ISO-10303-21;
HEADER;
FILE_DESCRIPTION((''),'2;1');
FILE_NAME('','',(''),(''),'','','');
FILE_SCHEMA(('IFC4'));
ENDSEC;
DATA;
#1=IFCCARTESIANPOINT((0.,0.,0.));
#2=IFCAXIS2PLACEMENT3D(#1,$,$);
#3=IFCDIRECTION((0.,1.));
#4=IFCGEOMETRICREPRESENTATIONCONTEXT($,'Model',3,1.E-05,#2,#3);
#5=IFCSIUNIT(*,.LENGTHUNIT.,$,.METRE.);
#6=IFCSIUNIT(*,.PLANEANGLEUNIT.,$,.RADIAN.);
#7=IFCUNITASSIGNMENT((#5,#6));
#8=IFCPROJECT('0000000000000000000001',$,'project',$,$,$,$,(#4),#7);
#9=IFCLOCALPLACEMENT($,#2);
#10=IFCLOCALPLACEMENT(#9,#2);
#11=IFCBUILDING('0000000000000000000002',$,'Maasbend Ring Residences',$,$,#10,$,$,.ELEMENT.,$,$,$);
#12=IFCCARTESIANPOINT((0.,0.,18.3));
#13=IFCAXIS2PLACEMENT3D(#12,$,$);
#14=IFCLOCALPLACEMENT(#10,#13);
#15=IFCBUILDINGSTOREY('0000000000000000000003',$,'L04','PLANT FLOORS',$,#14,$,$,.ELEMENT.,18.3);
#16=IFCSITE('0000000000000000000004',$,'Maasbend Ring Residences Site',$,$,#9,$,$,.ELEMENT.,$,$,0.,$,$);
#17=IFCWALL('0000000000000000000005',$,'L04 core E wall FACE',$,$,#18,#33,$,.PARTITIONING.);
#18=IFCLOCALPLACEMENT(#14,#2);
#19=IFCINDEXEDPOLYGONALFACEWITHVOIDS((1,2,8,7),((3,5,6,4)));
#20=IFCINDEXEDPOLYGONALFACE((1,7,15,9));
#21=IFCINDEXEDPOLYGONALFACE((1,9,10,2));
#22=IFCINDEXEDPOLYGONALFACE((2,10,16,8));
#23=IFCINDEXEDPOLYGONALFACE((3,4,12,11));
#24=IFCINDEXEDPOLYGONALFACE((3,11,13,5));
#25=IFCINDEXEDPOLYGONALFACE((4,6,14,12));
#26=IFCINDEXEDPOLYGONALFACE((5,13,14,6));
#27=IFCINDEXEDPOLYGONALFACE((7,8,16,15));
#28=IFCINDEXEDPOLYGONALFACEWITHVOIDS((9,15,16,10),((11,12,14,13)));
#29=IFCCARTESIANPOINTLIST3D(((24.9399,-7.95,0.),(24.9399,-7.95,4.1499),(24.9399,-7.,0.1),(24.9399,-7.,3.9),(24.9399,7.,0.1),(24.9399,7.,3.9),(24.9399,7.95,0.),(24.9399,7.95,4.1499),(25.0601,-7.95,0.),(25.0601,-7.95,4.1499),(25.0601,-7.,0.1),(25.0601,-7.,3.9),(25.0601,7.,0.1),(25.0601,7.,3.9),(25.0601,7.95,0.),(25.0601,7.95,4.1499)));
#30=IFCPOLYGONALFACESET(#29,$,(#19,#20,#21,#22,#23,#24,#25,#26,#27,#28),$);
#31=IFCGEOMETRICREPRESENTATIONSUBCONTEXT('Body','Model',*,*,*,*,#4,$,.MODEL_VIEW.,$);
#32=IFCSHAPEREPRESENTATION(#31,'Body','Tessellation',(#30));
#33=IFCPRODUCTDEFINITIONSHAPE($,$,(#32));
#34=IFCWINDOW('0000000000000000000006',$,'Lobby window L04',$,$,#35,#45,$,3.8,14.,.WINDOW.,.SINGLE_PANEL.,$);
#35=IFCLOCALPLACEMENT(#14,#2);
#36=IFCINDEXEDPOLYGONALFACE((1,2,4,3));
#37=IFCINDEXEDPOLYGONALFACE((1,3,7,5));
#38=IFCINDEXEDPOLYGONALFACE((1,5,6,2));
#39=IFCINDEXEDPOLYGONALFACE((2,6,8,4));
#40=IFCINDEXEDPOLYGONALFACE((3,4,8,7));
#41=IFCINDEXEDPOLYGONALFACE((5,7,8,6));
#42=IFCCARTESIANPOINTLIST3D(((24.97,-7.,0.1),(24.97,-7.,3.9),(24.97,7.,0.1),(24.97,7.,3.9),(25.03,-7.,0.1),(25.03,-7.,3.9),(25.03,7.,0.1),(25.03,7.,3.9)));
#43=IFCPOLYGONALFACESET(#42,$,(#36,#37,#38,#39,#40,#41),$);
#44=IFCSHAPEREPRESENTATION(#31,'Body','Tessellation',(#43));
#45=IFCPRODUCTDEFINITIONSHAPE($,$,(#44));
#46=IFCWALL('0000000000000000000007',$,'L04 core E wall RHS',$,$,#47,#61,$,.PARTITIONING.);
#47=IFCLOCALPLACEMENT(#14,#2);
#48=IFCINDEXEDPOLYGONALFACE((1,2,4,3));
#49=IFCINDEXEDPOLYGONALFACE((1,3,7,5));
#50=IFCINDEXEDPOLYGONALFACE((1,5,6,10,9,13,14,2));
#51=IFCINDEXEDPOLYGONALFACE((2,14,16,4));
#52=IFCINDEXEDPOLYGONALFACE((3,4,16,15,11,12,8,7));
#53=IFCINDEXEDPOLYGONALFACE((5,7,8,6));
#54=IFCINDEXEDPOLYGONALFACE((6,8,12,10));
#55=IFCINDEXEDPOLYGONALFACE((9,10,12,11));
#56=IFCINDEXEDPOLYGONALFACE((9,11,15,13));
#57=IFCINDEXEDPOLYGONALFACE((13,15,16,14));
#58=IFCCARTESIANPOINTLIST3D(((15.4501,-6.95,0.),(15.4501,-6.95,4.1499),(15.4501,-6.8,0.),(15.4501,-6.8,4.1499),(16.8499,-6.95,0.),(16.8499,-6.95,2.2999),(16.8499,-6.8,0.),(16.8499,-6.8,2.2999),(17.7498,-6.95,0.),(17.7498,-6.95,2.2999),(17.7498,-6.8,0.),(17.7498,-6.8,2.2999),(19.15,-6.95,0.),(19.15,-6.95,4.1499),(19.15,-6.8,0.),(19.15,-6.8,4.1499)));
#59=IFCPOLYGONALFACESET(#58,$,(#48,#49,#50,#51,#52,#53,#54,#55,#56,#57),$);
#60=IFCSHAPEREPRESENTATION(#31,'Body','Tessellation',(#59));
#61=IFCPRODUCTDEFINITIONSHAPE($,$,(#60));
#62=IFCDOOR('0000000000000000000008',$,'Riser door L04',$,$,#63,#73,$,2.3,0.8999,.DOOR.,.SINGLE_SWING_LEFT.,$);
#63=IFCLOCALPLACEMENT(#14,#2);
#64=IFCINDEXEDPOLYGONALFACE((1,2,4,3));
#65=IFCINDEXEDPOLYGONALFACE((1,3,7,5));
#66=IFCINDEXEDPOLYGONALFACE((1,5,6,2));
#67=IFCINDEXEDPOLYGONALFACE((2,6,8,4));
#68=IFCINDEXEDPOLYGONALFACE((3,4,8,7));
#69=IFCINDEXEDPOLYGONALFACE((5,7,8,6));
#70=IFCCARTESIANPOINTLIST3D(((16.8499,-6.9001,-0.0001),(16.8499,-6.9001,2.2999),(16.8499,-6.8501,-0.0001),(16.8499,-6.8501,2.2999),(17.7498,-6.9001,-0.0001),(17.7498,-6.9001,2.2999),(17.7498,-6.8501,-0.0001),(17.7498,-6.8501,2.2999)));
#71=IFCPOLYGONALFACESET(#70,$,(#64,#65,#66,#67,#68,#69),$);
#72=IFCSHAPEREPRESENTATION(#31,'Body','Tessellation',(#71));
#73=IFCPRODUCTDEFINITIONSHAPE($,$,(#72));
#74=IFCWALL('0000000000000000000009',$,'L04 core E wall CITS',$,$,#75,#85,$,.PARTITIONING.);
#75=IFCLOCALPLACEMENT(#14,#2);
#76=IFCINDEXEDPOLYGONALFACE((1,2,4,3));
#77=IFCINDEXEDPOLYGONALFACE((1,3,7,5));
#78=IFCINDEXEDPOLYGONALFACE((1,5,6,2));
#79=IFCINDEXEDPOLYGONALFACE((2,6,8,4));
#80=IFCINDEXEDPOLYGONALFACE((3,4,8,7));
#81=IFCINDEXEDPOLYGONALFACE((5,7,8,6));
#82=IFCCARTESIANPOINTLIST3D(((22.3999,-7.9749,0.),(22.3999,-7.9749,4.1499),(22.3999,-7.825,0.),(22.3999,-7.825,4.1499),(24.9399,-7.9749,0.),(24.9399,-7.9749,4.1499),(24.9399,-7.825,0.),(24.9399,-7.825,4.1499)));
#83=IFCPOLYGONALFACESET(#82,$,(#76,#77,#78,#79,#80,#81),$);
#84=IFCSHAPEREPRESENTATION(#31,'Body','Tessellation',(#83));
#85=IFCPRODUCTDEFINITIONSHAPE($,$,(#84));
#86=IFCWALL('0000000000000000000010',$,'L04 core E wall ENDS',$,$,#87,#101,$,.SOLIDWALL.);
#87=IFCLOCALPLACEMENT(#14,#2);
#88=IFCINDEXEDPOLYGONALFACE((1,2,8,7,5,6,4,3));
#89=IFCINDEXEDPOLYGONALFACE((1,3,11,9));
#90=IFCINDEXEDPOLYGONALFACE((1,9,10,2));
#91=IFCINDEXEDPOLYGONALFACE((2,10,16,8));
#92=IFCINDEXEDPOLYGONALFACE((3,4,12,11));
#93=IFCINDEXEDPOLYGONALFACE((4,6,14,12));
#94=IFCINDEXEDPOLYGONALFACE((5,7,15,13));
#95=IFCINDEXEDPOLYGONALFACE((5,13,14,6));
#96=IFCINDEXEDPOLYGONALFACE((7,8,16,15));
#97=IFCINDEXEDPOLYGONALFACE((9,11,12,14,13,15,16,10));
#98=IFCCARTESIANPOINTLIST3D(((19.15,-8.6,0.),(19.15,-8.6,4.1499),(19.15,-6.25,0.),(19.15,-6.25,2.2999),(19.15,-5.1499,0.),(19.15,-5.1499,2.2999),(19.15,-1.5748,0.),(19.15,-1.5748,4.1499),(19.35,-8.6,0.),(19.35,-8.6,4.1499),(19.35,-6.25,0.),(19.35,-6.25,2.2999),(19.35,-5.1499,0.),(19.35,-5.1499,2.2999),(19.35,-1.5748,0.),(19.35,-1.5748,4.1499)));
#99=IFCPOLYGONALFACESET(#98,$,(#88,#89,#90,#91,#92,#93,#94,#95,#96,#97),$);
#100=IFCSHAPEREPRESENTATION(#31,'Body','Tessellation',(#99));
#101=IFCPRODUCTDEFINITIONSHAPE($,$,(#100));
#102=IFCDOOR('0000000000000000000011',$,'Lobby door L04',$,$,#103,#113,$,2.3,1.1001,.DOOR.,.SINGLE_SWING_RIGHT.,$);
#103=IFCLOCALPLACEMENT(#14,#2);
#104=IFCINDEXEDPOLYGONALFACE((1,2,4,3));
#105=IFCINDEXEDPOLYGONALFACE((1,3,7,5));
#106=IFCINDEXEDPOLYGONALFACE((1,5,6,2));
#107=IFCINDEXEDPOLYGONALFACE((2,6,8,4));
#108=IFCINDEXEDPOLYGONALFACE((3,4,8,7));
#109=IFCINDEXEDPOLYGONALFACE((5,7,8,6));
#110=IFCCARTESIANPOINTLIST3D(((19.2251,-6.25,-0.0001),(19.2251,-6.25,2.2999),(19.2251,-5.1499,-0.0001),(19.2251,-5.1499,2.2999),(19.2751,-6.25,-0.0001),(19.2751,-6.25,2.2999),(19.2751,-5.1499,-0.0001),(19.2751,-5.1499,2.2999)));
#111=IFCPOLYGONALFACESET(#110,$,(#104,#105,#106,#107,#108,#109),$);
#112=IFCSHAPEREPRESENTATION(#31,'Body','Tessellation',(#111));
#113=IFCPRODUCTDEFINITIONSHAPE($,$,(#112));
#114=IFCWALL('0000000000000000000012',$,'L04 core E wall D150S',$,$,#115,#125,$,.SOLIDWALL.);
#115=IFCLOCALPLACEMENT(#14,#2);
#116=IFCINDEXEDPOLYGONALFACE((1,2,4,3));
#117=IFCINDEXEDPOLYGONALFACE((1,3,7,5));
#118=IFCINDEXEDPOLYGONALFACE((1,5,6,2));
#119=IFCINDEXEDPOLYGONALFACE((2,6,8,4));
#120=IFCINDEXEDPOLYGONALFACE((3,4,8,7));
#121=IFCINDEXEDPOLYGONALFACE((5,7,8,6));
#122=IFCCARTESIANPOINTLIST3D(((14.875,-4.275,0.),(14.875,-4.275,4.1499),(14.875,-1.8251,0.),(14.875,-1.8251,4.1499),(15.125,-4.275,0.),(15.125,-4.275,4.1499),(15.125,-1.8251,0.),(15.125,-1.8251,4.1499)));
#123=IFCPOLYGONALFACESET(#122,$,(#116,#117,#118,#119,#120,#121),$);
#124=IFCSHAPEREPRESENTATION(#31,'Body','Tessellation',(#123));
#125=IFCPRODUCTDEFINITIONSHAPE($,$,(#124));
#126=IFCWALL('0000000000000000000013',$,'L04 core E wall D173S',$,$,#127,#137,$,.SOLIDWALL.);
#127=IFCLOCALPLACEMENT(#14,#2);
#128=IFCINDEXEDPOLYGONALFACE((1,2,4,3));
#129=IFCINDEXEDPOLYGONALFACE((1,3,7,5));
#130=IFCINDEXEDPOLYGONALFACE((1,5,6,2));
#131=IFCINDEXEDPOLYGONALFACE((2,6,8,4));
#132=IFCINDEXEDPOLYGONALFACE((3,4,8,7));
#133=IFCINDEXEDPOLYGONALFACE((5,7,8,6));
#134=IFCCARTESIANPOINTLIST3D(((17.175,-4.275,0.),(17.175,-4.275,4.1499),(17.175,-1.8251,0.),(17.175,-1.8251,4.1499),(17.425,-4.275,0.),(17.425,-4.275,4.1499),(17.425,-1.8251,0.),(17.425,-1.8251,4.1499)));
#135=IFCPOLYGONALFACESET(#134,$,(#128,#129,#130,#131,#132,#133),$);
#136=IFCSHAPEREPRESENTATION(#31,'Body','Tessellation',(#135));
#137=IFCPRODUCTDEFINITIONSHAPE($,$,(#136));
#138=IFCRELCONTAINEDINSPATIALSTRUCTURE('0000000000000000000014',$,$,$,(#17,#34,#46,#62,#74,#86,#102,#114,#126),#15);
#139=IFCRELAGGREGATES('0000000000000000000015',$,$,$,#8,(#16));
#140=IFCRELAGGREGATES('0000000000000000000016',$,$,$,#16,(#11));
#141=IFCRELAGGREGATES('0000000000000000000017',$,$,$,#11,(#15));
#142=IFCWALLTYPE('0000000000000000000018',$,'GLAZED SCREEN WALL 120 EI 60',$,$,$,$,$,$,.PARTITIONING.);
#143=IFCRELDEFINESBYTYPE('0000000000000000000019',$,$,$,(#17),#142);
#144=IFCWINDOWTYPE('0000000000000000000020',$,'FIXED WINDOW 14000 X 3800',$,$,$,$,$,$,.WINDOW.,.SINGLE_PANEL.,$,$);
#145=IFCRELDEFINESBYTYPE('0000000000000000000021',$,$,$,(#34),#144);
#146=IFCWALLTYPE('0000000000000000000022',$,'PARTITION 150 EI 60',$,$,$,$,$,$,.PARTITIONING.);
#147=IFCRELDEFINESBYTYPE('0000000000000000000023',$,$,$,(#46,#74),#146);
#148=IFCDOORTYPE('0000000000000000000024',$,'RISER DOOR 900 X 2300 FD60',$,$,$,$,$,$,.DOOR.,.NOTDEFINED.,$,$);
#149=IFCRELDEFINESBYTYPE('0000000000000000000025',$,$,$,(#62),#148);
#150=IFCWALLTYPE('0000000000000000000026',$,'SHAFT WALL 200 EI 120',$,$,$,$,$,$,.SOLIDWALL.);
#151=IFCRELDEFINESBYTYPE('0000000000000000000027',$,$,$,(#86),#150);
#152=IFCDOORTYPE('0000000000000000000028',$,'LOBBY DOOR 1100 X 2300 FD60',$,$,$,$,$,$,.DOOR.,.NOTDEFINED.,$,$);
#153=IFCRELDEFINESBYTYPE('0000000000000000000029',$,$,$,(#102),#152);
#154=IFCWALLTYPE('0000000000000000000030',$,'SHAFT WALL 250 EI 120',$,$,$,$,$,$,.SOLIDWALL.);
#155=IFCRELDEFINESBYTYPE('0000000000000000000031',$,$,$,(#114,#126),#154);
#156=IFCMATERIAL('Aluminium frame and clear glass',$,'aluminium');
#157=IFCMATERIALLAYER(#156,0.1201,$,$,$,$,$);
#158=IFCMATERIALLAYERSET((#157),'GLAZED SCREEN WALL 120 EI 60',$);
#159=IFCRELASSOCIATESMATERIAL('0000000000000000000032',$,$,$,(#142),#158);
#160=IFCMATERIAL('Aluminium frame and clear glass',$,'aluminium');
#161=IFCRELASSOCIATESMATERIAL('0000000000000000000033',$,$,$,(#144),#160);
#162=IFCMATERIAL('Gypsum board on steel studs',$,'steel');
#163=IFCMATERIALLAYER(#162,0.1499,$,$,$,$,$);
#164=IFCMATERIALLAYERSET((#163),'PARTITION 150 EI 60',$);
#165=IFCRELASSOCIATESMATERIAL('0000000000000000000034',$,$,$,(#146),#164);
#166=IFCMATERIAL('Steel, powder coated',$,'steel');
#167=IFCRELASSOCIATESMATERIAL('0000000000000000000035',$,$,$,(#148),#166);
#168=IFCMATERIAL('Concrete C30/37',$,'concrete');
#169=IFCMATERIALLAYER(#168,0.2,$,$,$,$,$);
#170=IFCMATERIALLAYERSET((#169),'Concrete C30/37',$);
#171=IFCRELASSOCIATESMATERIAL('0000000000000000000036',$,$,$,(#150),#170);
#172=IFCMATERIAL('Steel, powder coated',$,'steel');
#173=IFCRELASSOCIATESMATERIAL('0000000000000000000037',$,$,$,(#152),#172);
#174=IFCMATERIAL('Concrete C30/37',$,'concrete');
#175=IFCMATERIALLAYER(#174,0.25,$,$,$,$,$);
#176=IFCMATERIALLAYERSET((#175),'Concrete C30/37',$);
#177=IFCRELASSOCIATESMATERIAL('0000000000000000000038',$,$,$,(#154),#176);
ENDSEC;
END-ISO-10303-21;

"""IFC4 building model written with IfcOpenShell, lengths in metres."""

from ifc_helpers import new_model, si_unit, direction, frame, frame_2d, origin, place, context, subcontext, project, spatial, rectangle, extrude, material, layer, layer_set, type_object, element, fill, save


model = new_model("IFC4")

# Units and contexts
model_context = context("Model", 3, precision=1e-05, world=origin(), true_north=direction((0.0, 1.0)))
body_context = subcontext(model_context, "Body", "Model", "MODEL_VIEW")
ifc_project = project(units=[si_unit("LENGTHUNIT", "METRE"), si_unit("PLANEANGLEUNIT", "RADIAN")], contexts=[model_context])

# Site, building, storey
site_placement = place(None, origin())
site = spatial("IfcSite", under=ifc_project, at=site_placement, Name="Maasbend Ring Residences Site", CompositionType="ELEMENT", RefElevation=0.0)
building_placement = place(site_placement, origin())
building = spatial("IfcBuilding", under=site, at=building_placement, Name="Maasbend Ring Residences", CompositionType="ELEMENT")
storey_placement = place(building_placement, frame((0.0, 0.0, 18.3)))
storey = spatial("IfcBuildingStorey", under=building, at=storey_placement, Name="L04", Description="PLANT FLOORS", CompositionType="ELEMENT", Elevation=18.3)

# Wall, opening, window
ifc_material_1 = material(Name="Aluminium frame and clear glass", Category="aluminium")
ifc_layer_1 = layer(ifc_material_1, 0.1201)
ifc_layer_set_1 = layer_set([ifc_layer_1], Name="GLAZED SCREEN WALL 120 EI 60")
wall_type_1 = type_object("IfcWallType", Name="GLAZED SCREEN WALL 120 EI 60", PredefinedType="PARTITIONING", material=ifc_layer_set_1)
wall_1_placement = place(storey_placement, frame((25.0, -7.95, 0.0), z_axis=(0.0, 0.0, 1.0), x_axis=(0.0, 1.0, 0.0)))
wall_1 = element("IfcWall", 1, at=wall_1_placement, inside=storey, type_object=wall_type_1, Name="L04 core E wall FACE", PredefinedType="PARTITIONING", context=body_context, shape_type="SweptSolid", body=[
    extrude(rectangle(XDim=15.8999, YDim=0.1201, at=frame_2d((7.95, 0.0))), origin(), (0.0, 0.0, 1.0), 4.1499),
])
opening_1_placement = place(wall_1_placement, frame((0.95, 0.0, 0.1001)))
opening_1 = element("IfcOpeningElement", 2, at=opening_1_placement, cuts=wall_1, PredefinedType="OPENING", context=body_context, shape_type="SweptSolid", body=[
    extrude(rectangle(XDim=14.0, YDim=3.8, at=frame_2d((7.0, 1.8999))), frame((0.0, 0.0701, 0.0), z_axis=(0.0, -1.0, 0.0), x_axis=(1.0, 0.0, 0.0)), (0.0, 0.0, 1.0), 0.1401),
])
ifc_material_2 = material(Name="Aluminium frame and clear glass", Category="aluminium")
window_type_1 = type_object("IfcWindowType", Name="FIXED WINDOW 14000 X 3800", PartitioningType="SINGLE_PANEL", PredefinedType="WINDOW", material=ifc_material_2)
window_1_placement = place(opening_1_placement, origin())
window_1 = element("IfcWindow", 3, at=window_1_placement, inside=storey, type_object=window_type_1, Name="Lobby window L04", OverallHeight=3.8, OverallWidth=14.0, PartitioningType="SINGLE_PANEL", PredefinedType="WINDOW", context=body_context, shape_type="SweptSolid", body=[
    extrude(rectangle(XDim=14.0, YDim=3.8, at=frame_2d((7.0, 1.8999))), frame((0.0, 0.03, 0.0), z_axis=(0.0, -1.0, 0.0), x_axis=(1.0, 0.0, 0.0)), (0.0, 0.0, 1.0), 0.0601),
])
fill(opening_1, window_1)

# Wall, opening, door
ifc_material_3 = material(Name="Gypsum board on steel studs", Category="steel")
ifc_layer_2 = layer(ifc_material_3, 0.1499)
ifc_layer_set_2 = layer_set([ifc_layer_2], Name="PARTITION 150 EI 60")
wall_type_2 = type_object("IfcWallType", Name="PARTITION 150 EI 60", PredefinedType="PARTITIONING", material=ifc_layer_set_2)
wall_2_placement = place(storey_placement, frame((15.45, -6.875, 0.0), z_axis=(0.0, 0.0, 1.0), x_axis=(1.0, 0.0, 0.0)))
wall_2 = element("IfcWall", 4, at=wall_2_placement, inside=storey, type_object=wall_type_2, Name="L04 core E wall RHS", PredefinedType="PARTITIONING", context=body_context, shape_type="SweptSolid", body=[
    extrude(rectangle(XDim=3.7, YDim=0.1499, at=frame_2d((1.8501, 0.0))), origin(), (0.0, 0.0, 1.0), 4.1499),
])
opening_2_placement = place(wall_2_placement, frame((1.3999, 0.0, 0.0)))
opening_2 = element("IfcOpeningElement", 5, at=opening_2_placement, cuts=wall_2, PredefinedType="OPENING", context=body_context, shape_type="SweptSolid", body=[
    extrude(rectangle(XDim=0.8999, YDim=2.3, at=frame_2d((0.45, 1.1499))), frame((0.0, 0.085, 0.0), z_axis=(0.0, -1.0, 0.0), x_axis=(1.0, 0.0, 0.0)), (0.0, 0.0, 1.0), 0.1699),
])
ifc_material_4 = material(Name="Steel, powder coated", Category="steel")
door_type_1 = type_object("IfcDoorType", Name="RISER DOOR 900 X 2300 FD60", OperationType="NOTDEFINED", PredefinedType="DOOR", material=ifc_material_4)
door_1_placement = place(opening_2_placement, origin())
door_1 = element("IfcDoor", 6, at=door_1_placement, inside=storey, type_object=door_type_1, Name="Riser door L04", OperationType="SINGLE_SWING_LEFT", OverallHeight=2.3, OverallWidth=0.8999, PredefinedType="DOOR", context=body_context, shape_type="SweptSolid", body=[
    extrude(rectangle(XDim=0.8999, YDim=2.3, at=frame_2d((0.45, 1.1499))), frame((0.0, 0.0249, 0.0), z_axis=(0.0, -1.0, 0.0), x_axis=(1.0, 0.0, 0.0)), (0.0, 0.0, 1.0), 0.05),
])
fill(opening_2, door_1)

# Wall
wall_3_placement = place(storey_placement, frame((22.3999, -7.8999, 0.0), z_axis=(0.0, 0.0, 1.0), x_axis=(1.0, 0.0, 0.0)))
element("IfcWall", 7, at=wall_3_placement, inside=storey, type_object=wall_type_2, Name="L04 core E wall CITS", PredefinedType="PARTITIONING", context=body_context, shape_type="SweptSolid", body=[
    extrude(rectangle(XDim=2.54, YDim=0.1499, at=frame_2d((1.27, 0.0))), origin(), (0.0, 0.0, 1.0), 4.1499),
])

# Wall, opening, door
ifc_material_5 = material(Name="Concrete C30/37", Category="concrete")
ifc_layer_3 = layer(ifc_material_5, 0.2)
ifc_layer_set_3 = layer_set([ifc_layer_3], Name="Concrete C30/37")
wall_type_3 = type_object("IfcWallType", Name="SHAFT WALL 200 EI 120", PredefinedType="SOLIDWALL", material=ifc_layer_set_3)
wall_4_placement = place(storey_placement, frame((19.25, -8.6001, 0.0), z_axis=(0.0, 0.0, 1.0), x_axis=(0.0, 1.0, 0.0)))
wall_4 = element("IfcWall", 8, at=wall_4_placement, inside=storey, type_object=wall_type_3, Name="L04 core E wall ENDS", PredefinedType="SOLIDWALL", context=body_context, shape_type="SweptSolid", body=[
    extrude(rectangle(XDim=7.0251, YDim=0.2, at=frame_2d((3.5127, 0.0))), origin(), (0.0, 0.0, 1.0), 4.1499),
])
opening_3_placement = place(wall_4_placement, frame((2.3501, 0.0, 0.0)))
opening_3 = element("IfcOpeningElement", 9, at=opening_3_placement, cuts=wall_4, PredefinedType="OPENING", context=body_context, shape_type="SweptSolid", body=[
    extrude(rectangle(XDim=1.1001, YDim=2.3, at=frame_2d((0.55, 1.1499))), frame((0.0, 0.1099, 0.0), z_axis=(0.0, -1.0, 0.0), x_axis=(1.0, 0.0, 0.0)), (0.0, 0.0, 1.0), 0.22),
])
ifc_material_6 = material(Name="Steel, powder coated", Category="steel")
door_type_2 = type_object("IfcDoorType", Name="LOBBY DOOR 1100 X 2300 FD60", OperationType="NOTDEFINED", PredefinedType="DOOR", material=ifc_material_6)
door_2_placement = place(opening_3_placement, origin())
door_2 = element("IfcDoor", 10, at=door_2_placement, inside=storey, type_object=door_type_2, Name="Lobby door L04", OperationType="SINGLE_SWING_RIGHT", OverallHeight=2.3, OverallWidth=1.1001, PredefinedType="DOOR", context=body_context, shape_type="SweptSolid", body=[
    extrude(rectangle(XDim=1.1001, YDim=2.3, at=frame_2d((0.55, 1.1499))), frame((0.0, 0.0249, 0.0), z_axis=(0.0, -1.0, 0.0), x_axis=(1.0, 0.0, 0.0)), (0.0, 0.0, 1.0), 0.05),
])
fill(opening_3, door_2)

# Walls
ifc_material_7 = material(Name="Concrete C30/37", Category="concrete")
ifc_layer_4 = layer(ifc_material_7, 0.25)
ifc_layer_set_4 = layer_set([ifc_layer_4], Name="Concrete C30/37")
wall_type_4 = type_object("IfcWallType", Name="SHAFT WALL 250 EI 120", PredefinedType="SOLIDWALL", material=ifc_layer_set_4)
for number, where, z_axis, x_axis, name in (
    (11, (15.0, -1.825, 0.0), (0.0, 0.0, 1.0), (0.0, -1.0, 0.0), "L04 core E wall D150S"),
    (12, (17.3, -1.825, 0.0), (0.0, 0.0, 1.0), (0.0, -1.0, 0.0), "L04 core E wall D173S"),
):
    element("IfcWall", number, at=place(storey_placement, frame(where, z_axis=z_axis, x_axis=x_axis)), inside=storey, type_object=wall_type_4, Name=name, PredefinedType="SOLIDWALL", context=body_context, shape_type="SweptSolid", body=[
        extrude(rectangle(XDim=2.45, YDim=0.25, at=frame_2d((1.2251, 0.0))), origin(), (0.0, 0.0, 1.0), 4.1499),
    ])

save(model, "model.ifc")
